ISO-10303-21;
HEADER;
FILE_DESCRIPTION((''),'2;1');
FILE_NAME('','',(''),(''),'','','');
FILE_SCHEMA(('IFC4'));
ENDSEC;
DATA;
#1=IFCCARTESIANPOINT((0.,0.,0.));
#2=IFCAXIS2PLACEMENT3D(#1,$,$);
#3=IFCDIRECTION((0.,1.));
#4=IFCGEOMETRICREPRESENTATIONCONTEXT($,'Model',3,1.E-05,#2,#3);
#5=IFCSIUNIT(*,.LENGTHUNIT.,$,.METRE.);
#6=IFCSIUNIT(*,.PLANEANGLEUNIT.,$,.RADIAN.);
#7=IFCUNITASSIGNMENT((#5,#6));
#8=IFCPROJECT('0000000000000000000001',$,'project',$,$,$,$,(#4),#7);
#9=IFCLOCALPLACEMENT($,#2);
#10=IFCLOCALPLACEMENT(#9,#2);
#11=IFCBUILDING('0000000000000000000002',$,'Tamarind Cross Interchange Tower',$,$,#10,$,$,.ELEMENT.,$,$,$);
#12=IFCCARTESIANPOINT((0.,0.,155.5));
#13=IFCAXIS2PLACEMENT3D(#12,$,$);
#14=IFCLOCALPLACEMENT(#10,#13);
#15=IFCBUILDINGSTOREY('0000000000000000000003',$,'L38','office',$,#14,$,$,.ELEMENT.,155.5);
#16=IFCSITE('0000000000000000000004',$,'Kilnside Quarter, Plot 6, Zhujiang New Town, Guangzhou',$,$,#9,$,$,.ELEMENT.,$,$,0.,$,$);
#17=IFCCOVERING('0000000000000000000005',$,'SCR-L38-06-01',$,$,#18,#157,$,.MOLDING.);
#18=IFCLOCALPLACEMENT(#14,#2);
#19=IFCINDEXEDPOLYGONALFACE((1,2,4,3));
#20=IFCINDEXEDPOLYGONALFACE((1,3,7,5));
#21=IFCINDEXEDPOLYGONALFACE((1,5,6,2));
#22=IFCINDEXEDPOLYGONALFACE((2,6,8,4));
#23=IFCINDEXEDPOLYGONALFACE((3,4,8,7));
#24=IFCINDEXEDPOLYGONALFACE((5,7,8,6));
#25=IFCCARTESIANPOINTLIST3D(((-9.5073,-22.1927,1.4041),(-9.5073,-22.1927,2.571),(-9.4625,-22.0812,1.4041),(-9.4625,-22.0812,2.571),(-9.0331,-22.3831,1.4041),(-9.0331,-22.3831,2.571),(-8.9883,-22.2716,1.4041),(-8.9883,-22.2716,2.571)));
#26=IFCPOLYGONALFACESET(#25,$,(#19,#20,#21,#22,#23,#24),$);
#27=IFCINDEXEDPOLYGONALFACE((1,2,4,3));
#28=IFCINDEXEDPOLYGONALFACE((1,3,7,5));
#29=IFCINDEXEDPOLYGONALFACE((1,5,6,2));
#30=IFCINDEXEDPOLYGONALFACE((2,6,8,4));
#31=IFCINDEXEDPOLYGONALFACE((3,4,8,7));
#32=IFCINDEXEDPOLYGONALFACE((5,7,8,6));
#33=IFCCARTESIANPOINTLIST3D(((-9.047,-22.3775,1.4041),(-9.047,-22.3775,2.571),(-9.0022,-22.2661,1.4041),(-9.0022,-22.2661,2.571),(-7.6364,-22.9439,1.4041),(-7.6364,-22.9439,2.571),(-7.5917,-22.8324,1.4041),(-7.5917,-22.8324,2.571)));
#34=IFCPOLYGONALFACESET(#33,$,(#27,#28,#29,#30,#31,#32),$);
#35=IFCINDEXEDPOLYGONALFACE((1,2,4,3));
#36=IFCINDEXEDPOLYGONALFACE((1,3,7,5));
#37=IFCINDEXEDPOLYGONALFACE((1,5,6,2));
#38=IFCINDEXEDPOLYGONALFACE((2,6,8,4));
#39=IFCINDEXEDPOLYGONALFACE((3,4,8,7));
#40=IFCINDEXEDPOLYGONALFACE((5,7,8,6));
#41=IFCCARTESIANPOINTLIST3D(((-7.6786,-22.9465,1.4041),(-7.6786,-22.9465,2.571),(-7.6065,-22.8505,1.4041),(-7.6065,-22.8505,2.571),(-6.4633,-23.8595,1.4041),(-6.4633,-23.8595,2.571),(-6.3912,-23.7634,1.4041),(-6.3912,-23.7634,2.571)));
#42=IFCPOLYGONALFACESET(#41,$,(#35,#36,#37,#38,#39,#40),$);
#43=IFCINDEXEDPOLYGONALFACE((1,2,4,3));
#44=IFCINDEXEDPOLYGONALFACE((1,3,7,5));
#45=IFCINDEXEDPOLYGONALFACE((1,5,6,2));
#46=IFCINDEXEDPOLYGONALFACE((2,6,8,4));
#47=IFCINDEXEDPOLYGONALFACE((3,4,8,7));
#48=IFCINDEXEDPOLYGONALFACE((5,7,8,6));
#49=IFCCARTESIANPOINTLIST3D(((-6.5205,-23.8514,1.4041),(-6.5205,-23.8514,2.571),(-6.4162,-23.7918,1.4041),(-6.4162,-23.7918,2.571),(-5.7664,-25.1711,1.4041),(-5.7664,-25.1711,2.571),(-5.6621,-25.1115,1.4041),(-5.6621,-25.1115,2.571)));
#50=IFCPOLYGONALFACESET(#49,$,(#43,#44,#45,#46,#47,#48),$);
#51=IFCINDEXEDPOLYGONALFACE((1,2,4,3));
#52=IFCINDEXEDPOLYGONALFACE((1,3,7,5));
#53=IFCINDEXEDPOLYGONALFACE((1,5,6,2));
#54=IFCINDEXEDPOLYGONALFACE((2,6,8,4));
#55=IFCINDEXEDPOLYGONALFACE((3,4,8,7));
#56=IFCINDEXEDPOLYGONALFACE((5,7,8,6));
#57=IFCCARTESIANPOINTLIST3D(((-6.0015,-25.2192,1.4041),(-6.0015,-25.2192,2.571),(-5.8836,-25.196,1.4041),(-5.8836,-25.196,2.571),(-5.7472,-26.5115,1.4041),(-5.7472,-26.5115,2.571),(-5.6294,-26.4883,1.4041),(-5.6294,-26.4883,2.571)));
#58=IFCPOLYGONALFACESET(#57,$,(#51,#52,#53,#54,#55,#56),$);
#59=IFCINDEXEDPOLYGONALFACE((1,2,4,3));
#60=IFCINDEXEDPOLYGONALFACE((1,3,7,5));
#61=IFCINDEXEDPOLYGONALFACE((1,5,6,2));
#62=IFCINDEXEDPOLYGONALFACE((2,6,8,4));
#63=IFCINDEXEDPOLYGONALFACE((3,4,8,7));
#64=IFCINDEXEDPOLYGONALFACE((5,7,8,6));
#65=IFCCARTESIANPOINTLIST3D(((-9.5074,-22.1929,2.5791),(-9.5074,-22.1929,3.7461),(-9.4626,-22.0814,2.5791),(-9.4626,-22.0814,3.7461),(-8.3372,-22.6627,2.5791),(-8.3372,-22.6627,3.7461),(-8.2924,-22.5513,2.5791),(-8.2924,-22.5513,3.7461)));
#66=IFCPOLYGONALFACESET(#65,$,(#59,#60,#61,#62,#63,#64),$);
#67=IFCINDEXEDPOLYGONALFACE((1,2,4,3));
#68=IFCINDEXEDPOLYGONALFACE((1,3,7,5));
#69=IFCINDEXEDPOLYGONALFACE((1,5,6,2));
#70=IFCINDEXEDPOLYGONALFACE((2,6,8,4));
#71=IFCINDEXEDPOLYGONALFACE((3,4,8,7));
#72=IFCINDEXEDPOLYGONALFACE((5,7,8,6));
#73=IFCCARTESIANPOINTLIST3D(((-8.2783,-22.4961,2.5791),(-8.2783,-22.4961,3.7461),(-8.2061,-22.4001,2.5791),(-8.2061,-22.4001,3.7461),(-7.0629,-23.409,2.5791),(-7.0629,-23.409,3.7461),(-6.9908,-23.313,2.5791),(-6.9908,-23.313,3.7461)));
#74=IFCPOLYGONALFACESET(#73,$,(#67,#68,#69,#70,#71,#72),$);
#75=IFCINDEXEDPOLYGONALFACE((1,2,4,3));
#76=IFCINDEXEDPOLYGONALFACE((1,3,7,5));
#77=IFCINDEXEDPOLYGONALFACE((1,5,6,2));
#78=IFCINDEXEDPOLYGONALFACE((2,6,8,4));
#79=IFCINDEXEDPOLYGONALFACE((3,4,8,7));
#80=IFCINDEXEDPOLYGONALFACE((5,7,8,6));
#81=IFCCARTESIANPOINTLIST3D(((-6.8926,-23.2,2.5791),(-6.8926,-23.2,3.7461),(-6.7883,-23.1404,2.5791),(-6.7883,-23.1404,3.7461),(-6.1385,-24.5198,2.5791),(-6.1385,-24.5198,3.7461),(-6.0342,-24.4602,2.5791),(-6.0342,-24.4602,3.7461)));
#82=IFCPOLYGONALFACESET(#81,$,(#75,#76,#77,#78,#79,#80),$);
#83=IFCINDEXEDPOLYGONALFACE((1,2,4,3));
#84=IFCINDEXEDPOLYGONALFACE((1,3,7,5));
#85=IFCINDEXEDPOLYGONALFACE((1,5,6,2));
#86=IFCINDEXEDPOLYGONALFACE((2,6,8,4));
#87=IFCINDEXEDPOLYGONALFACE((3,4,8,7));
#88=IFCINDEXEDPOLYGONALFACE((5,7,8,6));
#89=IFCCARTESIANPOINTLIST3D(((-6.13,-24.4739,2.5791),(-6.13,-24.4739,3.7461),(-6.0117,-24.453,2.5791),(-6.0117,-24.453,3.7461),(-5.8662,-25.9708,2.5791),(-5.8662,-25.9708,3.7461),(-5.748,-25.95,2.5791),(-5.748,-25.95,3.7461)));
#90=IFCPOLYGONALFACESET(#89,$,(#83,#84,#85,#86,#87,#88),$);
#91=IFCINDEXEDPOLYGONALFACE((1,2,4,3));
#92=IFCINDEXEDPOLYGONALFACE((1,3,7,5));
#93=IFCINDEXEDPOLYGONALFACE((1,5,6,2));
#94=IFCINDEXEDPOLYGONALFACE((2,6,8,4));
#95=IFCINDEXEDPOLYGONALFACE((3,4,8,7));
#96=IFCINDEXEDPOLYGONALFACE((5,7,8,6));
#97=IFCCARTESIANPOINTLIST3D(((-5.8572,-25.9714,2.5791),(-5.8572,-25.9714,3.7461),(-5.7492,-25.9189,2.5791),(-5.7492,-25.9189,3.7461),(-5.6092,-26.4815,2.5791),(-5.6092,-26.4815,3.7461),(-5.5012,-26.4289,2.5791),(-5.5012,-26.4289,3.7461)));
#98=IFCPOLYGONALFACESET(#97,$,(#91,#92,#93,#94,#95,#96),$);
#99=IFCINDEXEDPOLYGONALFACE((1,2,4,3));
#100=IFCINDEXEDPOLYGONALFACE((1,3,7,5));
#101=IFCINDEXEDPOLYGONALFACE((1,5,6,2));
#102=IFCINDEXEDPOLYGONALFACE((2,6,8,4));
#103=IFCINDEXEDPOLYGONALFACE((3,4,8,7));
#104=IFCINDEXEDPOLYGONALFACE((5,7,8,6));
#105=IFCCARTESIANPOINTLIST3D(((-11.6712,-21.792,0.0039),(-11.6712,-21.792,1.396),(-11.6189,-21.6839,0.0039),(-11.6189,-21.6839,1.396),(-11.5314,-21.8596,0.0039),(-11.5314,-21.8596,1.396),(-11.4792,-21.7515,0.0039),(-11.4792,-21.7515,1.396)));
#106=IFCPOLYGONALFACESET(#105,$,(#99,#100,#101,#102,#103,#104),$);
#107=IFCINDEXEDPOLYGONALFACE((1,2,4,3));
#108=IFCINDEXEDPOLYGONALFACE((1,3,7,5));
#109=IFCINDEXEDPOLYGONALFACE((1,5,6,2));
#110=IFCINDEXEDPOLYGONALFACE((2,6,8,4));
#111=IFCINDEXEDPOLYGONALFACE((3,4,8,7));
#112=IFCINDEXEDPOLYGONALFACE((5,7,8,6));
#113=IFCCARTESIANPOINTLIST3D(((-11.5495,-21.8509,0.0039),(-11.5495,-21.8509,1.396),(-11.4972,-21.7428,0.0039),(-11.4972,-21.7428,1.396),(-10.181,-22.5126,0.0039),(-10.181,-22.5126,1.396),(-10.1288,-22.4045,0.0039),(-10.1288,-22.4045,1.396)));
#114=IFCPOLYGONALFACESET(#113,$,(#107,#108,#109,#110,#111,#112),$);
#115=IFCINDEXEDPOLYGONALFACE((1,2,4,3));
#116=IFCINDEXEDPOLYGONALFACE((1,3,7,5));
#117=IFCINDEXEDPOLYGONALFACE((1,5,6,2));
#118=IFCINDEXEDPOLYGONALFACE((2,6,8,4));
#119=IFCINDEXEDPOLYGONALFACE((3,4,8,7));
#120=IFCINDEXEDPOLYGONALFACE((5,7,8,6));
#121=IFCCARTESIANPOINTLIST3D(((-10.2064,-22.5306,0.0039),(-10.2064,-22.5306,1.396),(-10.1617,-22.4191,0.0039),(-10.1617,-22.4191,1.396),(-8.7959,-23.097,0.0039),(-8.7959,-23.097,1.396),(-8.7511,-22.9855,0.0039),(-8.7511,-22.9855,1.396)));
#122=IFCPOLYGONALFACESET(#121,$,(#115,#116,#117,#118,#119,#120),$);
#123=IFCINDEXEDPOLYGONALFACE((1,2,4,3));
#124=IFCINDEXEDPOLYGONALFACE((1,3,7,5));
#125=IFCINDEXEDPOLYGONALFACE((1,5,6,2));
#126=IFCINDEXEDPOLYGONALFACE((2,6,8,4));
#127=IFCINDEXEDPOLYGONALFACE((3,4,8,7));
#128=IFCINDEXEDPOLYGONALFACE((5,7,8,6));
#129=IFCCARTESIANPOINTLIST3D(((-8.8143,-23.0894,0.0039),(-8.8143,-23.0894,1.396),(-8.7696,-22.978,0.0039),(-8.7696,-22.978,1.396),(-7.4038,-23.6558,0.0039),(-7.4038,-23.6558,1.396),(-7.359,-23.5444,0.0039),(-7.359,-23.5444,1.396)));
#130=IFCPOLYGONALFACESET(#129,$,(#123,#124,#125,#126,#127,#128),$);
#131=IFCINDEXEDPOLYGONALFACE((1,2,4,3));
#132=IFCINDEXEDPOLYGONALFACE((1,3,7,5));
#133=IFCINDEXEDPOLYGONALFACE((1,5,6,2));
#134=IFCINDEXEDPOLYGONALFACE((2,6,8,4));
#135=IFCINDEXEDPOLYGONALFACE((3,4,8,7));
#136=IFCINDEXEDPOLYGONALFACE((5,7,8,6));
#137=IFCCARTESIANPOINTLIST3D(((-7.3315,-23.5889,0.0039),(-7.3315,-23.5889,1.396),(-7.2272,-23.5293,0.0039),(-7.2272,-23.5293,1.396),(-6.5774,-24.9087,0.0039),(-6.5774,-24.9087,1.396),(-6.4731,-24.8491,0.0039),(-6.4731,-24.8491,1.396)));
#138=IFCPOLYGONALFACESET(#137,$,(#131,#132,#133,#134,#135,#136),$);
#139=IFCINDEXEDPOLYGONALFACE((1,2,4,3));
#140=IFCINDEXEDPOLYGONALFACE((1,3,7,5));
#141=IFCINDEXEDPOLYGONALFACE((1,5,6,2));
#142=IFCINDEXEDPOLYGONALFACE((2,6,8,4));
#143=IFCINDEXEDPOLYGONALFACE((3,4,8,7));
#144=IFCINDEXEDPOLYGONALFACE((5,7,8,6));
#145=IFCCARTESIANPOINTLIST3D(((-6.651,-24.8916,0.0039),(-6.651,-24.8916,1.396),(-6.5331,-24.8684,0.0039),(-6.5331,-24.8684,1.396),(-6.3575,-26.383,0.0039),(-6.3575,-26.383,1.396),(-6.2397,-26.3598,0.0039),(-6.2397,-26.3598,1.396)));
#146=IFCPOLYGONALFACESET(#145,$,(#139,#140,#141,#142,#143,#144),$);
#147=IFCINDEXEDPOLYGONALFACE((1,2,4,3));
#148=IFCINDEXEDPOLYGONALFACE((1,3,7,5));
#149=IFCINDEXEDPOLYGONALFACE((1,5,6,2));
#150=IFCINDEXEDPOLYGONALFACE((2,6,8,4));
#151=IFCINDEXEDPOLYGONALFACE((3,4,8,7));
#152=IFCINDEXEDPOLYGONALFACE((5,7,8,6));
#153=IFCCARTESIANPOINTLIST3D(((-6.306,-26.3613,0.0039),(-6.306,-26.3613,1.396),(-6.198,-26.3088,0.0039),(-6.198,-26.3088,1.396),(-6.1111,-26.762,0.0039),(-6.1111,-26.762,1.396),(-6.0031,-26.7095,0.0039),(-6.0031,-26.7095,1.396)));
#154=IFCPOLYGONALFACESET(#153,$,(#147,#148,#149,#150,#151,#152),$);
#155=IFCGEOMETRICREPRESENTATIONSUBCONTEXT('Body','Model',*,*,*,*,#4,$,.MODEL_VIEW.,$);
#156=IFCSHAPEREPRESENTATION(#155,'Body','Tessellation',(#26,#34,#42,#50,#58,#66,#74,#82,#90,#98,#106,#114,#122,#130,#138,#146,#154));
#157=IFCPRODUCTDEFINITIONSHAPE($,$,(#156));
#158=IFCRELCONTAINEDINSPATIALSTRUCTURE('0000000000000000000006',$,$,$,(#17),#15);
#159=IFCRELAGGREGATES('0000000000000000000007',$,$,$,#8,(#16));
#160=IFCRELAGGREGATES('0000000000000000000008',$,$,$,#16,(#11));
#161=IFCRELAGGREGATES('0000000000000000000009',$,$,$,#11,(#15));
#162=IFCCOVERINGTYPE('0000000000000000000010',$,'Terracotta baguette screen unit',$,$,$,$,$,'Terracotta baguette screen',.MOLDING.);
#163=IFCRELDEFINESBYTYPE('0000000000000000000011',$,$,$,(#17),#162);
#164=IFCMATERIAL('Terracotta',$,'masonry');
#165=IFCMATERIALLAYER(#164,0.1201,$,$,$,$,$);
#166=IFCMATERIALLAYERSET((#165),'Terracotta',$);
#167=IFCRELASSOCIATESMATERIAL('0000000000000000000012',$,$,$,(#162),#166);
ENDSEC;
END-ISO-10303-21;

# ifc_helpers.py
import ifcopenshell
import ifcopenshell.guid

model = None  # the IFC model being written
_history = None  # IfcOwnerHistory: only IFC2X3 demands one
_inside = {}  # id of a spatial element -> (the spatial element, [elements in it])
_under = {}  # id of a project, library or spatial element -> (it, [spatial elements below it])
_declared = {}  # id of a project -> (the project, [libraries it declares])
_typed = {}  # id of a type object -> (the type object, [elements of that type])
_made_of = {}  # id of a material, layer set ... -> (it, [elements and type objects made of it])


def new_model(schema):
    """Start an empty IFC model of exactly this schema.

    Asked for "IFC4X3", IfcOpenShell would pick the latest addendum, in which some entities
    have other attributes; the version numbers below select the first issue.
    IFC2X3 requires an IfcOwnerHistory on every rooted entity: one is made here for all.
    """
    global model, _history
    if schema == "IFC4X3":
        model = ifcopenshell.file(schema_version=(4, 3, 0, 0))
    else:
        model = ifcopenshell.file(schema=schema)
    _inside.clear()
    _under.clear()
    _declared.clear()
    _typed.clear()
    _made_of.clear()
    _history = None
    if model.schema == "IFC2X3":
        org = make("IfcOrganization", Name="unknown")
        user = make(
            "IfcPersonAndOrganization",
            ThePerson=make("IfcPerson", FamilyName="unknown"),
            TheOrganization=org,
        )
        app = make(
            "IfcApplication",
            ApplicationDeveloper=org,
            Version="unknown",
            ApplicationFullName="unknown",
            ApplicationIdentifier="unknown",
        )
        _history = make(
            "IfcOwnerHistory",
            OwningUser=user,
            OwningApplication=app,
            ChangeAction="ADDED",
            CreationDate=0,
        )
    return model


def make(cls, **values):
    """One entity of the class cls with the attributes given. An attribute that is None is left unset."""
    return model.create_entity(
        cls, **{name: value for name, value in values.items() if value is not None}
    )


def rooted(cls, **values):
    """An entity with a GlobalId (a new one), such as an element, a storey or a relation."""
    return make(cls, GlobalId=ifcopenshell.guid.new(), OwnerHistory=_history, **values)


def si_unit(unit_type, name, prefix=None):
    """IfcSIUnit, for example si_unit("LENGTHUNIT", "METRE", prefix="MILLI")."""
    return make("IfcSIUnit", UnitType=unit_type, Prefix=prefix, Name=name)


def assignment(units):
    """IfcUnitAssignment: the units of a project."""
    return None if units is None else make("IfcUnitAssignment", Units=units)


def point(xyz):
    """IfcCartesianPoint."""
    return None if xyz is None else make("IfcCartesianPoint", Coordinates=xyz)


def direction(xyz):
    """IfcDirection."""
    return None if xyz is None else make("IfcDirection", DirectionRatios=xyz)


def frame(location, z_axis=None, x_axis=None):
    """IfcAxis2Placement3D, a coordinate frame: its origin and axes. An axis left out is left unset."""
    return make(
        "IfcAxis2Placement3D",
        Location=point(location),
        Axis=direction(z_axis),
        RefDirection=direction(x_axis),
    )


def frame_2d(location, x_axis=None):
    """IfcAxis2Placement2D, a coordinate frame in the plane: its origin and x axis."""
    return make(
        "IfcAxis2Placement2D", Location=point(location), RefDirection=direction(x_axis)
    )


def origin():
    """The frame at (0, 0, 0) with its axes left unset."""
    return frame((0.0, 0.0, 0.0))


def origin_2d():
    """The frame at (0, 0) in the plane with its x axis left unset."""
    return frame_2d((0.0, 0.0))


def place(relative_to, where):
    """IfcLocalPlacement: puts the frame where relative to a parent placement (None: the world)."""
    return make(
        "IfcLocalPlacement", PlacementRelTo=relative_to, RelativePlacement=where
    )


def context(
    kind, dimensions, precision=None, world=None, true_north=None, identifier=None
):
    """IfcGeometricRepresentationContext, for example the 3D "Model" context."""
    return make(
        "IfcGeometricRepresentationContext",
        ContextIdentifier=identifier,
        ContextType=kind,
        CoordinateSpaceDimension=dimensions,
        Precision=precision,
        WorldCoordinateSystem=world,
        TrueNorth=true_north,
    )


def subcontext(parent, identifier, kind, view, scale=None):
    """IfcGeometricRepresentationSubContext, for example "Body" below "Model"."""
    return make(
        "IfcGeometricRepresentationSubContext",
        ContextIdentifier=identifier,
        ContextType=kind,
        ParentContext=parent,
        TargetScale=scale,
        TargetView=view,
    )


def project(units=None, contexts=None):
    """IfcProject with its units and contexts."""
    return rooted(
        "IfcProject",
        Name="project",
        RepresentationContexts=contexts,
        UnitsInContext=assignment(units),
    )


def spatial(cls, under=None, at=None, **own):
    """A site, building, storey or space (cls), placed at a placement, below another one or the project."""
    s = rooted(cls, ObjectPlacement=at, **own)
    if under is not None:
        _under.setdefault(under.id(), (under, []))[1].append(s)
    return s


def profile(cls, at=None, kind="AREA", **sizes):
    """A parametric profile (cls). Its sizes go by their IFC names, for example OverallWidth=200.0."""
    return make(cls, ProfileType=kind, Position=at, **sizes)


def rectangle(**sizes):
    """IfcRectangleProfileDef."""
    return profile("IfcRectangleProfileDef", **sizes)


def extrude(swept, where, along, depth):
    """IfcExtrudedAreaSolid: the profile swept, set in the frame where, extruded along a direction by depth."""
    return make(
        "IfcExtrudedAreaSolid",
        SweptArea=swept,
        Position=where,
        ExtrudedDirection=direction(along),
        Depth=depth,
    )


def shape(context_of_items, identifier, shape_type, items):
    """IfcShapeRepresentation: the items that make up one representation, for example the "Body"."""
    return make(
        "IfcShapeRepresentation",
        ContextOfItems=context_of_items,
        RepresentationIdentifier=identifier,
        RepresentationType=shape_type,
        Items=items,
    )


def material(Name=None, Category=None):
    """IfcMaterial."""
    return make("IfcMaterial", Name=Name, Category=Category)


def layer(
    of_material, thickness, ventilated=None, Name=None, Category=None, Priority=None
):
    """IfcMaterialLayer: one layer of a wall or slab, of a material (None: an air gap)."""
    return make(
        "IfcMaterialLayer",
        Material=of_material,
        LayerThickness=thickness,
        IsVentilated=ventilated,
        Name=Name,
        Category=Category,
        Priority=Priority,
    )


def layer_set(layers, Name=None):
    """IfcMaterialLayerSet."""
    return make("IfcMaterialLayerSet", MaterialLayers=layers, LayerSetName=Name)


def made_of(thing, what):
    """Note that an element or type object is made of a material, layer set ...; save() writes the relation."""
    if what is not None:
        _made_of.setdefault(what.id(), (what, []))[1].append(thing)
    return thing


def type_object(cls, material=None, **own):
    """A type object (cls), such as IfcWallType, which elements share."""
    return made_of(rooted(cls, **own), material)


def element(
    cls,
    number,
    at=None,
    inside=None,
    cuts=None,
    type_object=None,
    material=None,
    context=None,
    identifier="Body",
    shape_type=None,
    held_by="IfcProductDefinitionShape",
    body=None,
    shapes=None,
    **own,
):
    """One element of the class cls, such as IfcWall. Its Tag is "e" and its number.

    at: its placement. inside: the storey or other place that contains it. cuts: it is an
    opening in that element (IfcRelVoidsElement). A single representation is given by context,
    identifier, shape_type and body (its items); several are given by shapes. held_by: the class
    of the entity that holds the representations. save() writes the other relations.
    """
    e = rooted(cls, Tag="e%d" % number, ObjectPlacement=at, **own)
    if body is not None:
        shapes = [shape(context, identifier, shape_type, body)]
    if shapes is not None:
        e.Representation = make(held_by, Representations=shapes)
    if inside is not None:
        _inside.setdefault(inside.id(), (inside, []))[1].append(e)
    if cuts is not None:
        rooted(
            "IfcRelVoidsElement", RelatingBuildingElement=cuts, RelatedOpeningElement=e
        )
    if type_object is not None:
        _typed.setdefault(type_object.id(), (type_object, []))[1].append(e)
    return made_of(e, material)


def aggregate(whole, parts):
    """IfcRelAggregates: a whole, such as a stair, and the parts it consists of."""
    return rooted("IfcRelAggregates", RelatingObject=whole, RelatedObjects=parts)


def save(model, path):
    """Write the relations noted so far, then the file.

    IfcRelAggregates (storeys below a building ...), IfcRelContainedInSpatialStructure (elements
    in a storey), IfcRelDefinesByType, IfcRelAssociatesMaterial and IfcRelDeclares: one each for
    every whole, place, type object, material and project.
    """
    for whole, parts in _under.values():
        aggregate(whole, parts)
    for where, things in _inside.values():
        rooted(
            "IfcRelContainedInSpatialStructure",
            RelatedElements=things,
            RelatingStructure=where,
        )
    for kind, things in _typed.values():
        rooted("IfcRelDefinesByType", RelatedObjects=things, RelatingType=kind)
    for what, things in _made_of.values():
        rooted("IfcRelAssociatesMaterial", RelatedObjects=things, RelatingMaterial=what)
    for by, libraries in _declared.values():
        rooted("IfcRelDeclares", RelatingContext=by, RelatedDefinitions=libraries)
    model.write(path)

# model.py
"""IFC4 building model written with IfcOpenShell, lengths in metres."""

from ifc_helpers import new_model, si_unit, direction, frame, origin, origin_2d, place, context, subcontext, project, spatial, rectangle, extrude, material, layer, layer_set, type_object, element, save


model = new_model("IFC4")

# Units and contexts
model_context = context("Model", 3, precision=1e-05, world=origin(), true_north=direction((0.0, 1.0)))
body_context = subcontext(model_context, "Body", "Model", "MODEL_VIEW")
ifc_project = project(units=[si_unit("LENGTHUNIT", "METRE"), si_unit("PLANEANGLEUNIT", "RADIAN")], contexts=[model_context])

# Site, building, storey
site_placement = place(None, origin())
site = spatial("IfcSite", under=ifc_project, at=site_placement, Name="Kilnside Quarter, Plot 6, Zhujiang New Town, Guangzhou", CompositionType="ELEMENT", RefElevation=0.0)
building_placement = place(site_placement, origin())
building = spatial("IfcBuilding", under=site, at=building_placement, Name="Tamarind Cross Interchange Tower", CompositionType="ELEMENT")
storey_placement = place(building_placement, frame((0.0, 0.0, 155.5)))
storey = spatial("IfcBuildingStorey", under=building, at=storey_placement, Name="L38", Description="office", CompositionType="ELEMENT", Elevation=155.5)

# Covering
ifc_material_1 = material(Name="Terracotta", Category="masonry")
ifc_layer_1 = layer(ifc_material_1, 0.1201)
ifc_layer_set_1 = layer_set([ifc_layer_1], Name="Terracotta")
covering_type = type_object("IfcCoveringType", Name="Terracotta baguette screen unit", ElementType="Terracotta baguette screen", PredefinedType="MOLDING", material=ifc_layer_set_1)
covering_1_placement = place(storey_placement, origin())
element("IfcCovering", 1, at=covering_1_placement, inside=storey, type_object=covering_type, Name="SCR-L38-06-01", PredefinedType="MOLDING", context=body_context, shape_type="SweptSolid", body=[
    extrude(rectangle(XDim=0.511, YDim=0.1201, at=origin_2d()), frame((-9.2478, -22.2322, 1.4041), z_axis=(0.0, 0.0, 1.0), x_axis=(0.927984, -0.37262, 0.0)), (0.0, 0.0, 1.0), 1.167),
    extrude(rectangle(XDim=1.52, YDim=0.1201, at=origin_2d()), frame((-8.3193, -22.605, 1.4041), z_axis=(0.0, 0.0, 1.0), x_axis=(0.927984, -0.37262, 0.0)), (0.0, 0.0, 1.0), 1.167),
    extrude(rectangle(XDim=1.52, YDim=0.1201, at=origin_2d()), frame((-7.0349, -23.355, 1.4041), z_axis=(0.0, 0.0, 1.0), x_axis=(0.799547, -0.600604, 0.0)), (0.0, 0.0, 1.0), 1.167),
    extrude(rectangle(XDim=1.52, YDim=0.1201, at=origin_2d()), frame((-6.0913, -24.4814, 1.4041), z_axis=(0.0, 0.0, 1.0), x_axis=(0.496112, -0.868258, 0.0)), (0.0, 0.0, 1.0), 1.167),
    extrude(rectangle(XDim=1.3171, YDim=0.1201, at=origin_2d()), frame((-5.8154, -25.8538, 1.4041), z_axis=(0.0, 0.0, 1.0), x_axis=(0.19306, -0.981187, 0.0)), (0.0, 0.0, 1.0), 1.167),
    extrude(rectangle(XDim=1.261, YDim=0.1201, at=origin_2d()), frame((-8.8999, -22.3721, 2.5791), z_axis=(0.0, 0.0, 1.0), x_axis=(0.927984, -0.37262, 0.0)), (0.0, 0.0, 1.0), 1.167),
    extrude(rectangle(XDim=1.52, YDim=0.1201, at=origin_2d()), frame((-7.6345, -22.9045, 2.5791), z_axis=(0.0, 0.0, 1.0), x_axis=(0.799547, -0.600604, 0.0)), (0.0, 0.0, 1.0), 1.167),
    extrude(rectangle(XDim=1.52, YDim=0.1201, at=origin_2d()), frame((-6.4634, -23.8301, 2.5791), z_axis=(0.0, 0.0, 1.0), x_axis=(0.496112, -0.868258, 0.0)), (0.0, 0.0, 1.0), 1.167),
    extrude(rectangle(XDim=1.52, YDim=0.1201, at=origin_2d()), frame((-5.939, -25.2119, 2.5791), z_axis=(0.0, 0.0, 1.0), x_axis=(0.173503, -0.984833, 0.0)), (0.0, 0.0, 1.0), 1.167),
    extrude(rectangle(XDim=0.5671, YDim=0.1201, at=origin_2d()), frame((-5.6792, -26.2002, 2.5791), z_axis=(0.0, 0.0, 1.0), x_axis=(0.437329, -0.899301, 0.0)), (0.0, 0.0, 1.0), 1.167),
    extrude(rectangle(XDim=0.1553, YDim=0.1201, at=origin_2d()), frame((-11.5752, -21.7717, 0.0039), z_axis=(0.0, 0.0, 1.0), x_axis=(0.900273, -0.435326, 0.0)), (0.0, 0.0, 1.0), 1.3921),
    extrude(rectangle(XDim=1.52, YDim=0.1201, at=origin_2d()), frame((-10.8391, -22.1277, 0.0039), z_axis=(0.0, 0.0, 1.0), x_axis=(0.900273, -0.435326, 0.0)), (0.0, 0.0, 1.0), 1.3921),
    extrude(rectangle(XDim=1.52, YDim=0.1201, at=origin_2d()), frame((-9.4788, -22.7581, 0.0039), z_axis=(0.0, 0.0, 1.0), x_axis=(0.927984, -0.37262, 0.0)), (0.0, 0.0, 1.0), 1.3921),
    extrude(rectangle(XDim=1.52, YDim=0.1201, at=origin_2d()), frame((-8.0867, -23.3169, 0.0039), z_axis=(0.0, 0.0, 1.0), x_axis=(0.927984, -0.37262, 0.0)), (0.0, 0.0, 1.0), 1.3921),
    extrude(rectangle(XDim=1.52, YDim=0.1201, at=origin_2d()), frame((-6.9023, -24.219, 0.0039), z_axis=(0.0, 0.0, 1.0), x_axis=(0.496112, -0.868258, 0.0)), (0.0, 0.0, 1.0), 1.3921),
    extrude(rectangle(XDim=1.52, YDim=0.1201, at=origin_2d()), frame((-6.4453, -25.6257, 0.0039), z_axis=(0.0, 0.0, 1.0), x_axis=(0.19306, -0.981187, 0.0)), (0.0, 0.0, 1.0), 1.3921),
    extrude(rectangle(XDim=0.4456, YDim=0.1201, at=origin_2d()), frame((-6.1545, -26.5354, 0.0039), z_axis=(0.0, 0.0, 1.0), x_axis=(0.437329, -0.899301, 0.0)), (0.0, 0.0, 1.0), 1.3921),
])

save(model, "model.ifc")
